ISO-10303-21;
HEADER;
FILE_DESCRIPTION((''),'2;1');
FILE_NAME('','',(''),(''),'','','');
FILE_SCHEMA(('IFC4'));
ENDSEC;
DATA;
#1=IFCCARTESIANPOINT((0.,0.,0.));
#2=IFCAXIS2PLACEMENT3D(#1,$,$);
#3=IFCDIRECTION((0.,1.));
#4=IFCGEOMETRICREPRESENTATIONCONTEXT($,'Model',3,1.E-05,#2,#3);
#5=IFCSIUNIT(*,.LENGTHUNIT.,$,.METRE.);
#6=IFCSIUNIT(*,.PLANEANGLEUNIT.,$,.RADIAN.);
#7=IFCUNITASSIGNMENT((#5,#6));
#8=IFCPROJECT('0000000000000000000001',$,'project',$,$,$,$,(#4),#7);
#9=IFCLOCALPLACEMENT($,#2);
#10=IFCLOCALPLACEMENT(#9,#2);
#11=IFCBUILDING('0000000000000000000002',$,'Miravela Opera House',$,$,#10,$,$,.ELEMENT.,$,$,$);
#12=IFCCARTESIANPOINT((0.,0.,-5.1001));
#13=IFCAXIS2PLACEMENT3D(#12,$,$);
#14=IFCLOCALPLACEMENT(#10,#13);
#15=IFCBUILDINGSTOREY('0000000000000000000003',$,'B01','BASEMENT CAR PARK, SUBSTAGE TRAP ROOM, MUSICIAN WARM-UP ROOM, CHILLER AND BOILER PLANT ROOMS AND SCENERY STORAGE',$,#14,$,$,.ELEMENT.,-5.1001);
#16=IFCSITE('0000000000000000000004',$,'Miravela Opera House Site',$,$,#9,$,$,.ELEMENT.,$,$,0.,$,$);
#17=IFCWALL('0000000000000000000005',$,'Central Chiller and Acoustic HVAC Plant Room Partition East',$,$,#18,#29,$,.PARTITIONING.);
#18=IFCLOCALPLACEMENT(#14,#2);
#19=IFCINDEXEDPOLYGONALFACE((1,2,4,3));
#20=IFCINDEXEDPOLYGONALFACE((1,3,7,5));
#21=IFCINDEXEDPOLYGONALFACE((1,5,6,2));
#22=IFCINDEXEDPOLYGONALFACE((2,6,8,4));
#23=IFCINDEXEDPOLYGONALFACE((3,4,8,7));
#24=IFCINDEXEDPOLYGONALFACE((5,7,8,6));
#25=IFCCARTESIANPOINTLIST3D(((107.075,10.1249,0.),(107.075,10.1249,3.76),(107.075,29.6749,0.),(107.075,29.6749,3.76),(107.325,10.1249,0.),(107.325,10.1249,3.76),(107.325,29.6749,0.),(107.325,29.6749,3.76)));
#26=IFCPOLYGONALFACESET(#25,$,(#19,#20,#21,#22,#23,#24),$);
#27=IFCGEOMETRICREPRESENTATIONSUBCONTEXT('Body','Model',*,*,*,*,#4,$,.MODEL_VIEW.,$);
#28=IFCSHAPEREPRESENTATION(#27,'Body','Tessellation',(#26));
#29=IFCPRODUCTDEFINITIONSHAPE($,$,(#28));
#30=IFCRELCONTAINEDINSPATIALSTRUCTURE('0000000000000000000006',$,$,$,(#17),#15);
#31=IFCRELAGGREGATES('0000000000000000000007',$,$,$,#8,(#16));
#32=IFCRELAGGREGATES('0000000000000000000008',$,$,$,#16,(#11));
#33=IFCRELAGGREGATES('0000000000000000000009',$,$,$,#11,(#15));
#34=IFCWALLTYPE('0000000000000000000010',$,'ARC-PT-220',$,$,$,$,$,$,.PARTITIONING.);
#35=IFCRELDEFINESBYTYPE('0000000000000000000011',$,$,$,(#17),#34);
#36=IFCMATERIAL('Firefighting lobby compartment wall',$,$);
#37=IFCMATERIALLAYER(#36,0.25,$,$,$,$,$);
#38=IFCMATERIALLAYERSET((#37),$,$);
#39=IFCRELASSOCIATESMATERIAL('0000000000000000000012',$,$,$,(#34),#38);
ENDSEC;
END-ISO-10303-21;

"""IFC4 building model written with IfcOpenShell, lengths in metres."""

from ifc_helpers import new_model, si_unit, direction, frame, frame_2d, origin, place, context, subcontext, project, spatial, rectangle, extrude, material, layer, layer_set, type_object, element, save


model = new_model("IFC4")

# Units and contexts
model_context = context("Model", 3, precision=1e-05, world=origin(), true_north=direction((0.0, 1.0)))
body_context = subcontext(model_context, "Body", "Model", "MODEL_VIEW")
ifc_project = project(units=[si_unit("LENGTHUNIT", "METRE"), si_unit("PLANEANGLEUNIT", "RADIAN")], contexts=[model_context])

# Site, building, storey
site_placement = place(None, origin())
site = spatial("IfcSite", under=ifc_project, at=site_placement, Name="Miravela Opera House Site", CompositionType="ELEMENT", RefElevation=0.0)
building_placement = place(site_placement, origin())
building = spatial("IfcBuilding", under=site, at=building_placement, Name="Miravela Opera House", CompositionType="ELEMENT")
storey_placement = place(building_placement, frame((0.0, 0.0, -5.1001)))
storey = spatial("IfcBuildingStorey", under=building, at=storey_placement, Name="B01", Description="BASEMENT CAR PARK, SUBSTAGE TRAP ROOM, MUSICIAN WARM-UP ROOM, CHILLER AND BOILER PLANT ROOMS AND SCENERY STORAGE", CompositionType="ELEMENT", Elevation=-5.1001)

# Wall
ifc_material_1 = material(Name="Firefighting lobby compartment wall")
ifc_layer = layer(ifc_material_1, 0.25)
ifc_layer_set = layer_set([ifc_layer])
wall_type = type_object("IfcWallType", Name="ARC-PT-220", PredefinedType="PARTITIONING", material=ifc_layer_set)
wall_placement = place(storey_placement, frame((107.2, 10.125, 0.0), z_axis=(0.0, 0.0, 1.0), x_axis=(0.0, 1.0, 0.0)))
element("IfcWall", 1, at=wall_placement, inside=storey, type_object=wall_type, Name="Central Chiller and Acoustic HVAC Plant Room Partition East", PredefinedType="PARTITIONING", context=body_context, shape_type="SweptSolid", body=[
    extrude(rectangle(XDim=19.55, YDim=0.25, at=frame_2d((9.7749, 0.0))), origin(), (0.0, 0.0, 1.0), 3.76),
])

save(model, "model.ifc")
